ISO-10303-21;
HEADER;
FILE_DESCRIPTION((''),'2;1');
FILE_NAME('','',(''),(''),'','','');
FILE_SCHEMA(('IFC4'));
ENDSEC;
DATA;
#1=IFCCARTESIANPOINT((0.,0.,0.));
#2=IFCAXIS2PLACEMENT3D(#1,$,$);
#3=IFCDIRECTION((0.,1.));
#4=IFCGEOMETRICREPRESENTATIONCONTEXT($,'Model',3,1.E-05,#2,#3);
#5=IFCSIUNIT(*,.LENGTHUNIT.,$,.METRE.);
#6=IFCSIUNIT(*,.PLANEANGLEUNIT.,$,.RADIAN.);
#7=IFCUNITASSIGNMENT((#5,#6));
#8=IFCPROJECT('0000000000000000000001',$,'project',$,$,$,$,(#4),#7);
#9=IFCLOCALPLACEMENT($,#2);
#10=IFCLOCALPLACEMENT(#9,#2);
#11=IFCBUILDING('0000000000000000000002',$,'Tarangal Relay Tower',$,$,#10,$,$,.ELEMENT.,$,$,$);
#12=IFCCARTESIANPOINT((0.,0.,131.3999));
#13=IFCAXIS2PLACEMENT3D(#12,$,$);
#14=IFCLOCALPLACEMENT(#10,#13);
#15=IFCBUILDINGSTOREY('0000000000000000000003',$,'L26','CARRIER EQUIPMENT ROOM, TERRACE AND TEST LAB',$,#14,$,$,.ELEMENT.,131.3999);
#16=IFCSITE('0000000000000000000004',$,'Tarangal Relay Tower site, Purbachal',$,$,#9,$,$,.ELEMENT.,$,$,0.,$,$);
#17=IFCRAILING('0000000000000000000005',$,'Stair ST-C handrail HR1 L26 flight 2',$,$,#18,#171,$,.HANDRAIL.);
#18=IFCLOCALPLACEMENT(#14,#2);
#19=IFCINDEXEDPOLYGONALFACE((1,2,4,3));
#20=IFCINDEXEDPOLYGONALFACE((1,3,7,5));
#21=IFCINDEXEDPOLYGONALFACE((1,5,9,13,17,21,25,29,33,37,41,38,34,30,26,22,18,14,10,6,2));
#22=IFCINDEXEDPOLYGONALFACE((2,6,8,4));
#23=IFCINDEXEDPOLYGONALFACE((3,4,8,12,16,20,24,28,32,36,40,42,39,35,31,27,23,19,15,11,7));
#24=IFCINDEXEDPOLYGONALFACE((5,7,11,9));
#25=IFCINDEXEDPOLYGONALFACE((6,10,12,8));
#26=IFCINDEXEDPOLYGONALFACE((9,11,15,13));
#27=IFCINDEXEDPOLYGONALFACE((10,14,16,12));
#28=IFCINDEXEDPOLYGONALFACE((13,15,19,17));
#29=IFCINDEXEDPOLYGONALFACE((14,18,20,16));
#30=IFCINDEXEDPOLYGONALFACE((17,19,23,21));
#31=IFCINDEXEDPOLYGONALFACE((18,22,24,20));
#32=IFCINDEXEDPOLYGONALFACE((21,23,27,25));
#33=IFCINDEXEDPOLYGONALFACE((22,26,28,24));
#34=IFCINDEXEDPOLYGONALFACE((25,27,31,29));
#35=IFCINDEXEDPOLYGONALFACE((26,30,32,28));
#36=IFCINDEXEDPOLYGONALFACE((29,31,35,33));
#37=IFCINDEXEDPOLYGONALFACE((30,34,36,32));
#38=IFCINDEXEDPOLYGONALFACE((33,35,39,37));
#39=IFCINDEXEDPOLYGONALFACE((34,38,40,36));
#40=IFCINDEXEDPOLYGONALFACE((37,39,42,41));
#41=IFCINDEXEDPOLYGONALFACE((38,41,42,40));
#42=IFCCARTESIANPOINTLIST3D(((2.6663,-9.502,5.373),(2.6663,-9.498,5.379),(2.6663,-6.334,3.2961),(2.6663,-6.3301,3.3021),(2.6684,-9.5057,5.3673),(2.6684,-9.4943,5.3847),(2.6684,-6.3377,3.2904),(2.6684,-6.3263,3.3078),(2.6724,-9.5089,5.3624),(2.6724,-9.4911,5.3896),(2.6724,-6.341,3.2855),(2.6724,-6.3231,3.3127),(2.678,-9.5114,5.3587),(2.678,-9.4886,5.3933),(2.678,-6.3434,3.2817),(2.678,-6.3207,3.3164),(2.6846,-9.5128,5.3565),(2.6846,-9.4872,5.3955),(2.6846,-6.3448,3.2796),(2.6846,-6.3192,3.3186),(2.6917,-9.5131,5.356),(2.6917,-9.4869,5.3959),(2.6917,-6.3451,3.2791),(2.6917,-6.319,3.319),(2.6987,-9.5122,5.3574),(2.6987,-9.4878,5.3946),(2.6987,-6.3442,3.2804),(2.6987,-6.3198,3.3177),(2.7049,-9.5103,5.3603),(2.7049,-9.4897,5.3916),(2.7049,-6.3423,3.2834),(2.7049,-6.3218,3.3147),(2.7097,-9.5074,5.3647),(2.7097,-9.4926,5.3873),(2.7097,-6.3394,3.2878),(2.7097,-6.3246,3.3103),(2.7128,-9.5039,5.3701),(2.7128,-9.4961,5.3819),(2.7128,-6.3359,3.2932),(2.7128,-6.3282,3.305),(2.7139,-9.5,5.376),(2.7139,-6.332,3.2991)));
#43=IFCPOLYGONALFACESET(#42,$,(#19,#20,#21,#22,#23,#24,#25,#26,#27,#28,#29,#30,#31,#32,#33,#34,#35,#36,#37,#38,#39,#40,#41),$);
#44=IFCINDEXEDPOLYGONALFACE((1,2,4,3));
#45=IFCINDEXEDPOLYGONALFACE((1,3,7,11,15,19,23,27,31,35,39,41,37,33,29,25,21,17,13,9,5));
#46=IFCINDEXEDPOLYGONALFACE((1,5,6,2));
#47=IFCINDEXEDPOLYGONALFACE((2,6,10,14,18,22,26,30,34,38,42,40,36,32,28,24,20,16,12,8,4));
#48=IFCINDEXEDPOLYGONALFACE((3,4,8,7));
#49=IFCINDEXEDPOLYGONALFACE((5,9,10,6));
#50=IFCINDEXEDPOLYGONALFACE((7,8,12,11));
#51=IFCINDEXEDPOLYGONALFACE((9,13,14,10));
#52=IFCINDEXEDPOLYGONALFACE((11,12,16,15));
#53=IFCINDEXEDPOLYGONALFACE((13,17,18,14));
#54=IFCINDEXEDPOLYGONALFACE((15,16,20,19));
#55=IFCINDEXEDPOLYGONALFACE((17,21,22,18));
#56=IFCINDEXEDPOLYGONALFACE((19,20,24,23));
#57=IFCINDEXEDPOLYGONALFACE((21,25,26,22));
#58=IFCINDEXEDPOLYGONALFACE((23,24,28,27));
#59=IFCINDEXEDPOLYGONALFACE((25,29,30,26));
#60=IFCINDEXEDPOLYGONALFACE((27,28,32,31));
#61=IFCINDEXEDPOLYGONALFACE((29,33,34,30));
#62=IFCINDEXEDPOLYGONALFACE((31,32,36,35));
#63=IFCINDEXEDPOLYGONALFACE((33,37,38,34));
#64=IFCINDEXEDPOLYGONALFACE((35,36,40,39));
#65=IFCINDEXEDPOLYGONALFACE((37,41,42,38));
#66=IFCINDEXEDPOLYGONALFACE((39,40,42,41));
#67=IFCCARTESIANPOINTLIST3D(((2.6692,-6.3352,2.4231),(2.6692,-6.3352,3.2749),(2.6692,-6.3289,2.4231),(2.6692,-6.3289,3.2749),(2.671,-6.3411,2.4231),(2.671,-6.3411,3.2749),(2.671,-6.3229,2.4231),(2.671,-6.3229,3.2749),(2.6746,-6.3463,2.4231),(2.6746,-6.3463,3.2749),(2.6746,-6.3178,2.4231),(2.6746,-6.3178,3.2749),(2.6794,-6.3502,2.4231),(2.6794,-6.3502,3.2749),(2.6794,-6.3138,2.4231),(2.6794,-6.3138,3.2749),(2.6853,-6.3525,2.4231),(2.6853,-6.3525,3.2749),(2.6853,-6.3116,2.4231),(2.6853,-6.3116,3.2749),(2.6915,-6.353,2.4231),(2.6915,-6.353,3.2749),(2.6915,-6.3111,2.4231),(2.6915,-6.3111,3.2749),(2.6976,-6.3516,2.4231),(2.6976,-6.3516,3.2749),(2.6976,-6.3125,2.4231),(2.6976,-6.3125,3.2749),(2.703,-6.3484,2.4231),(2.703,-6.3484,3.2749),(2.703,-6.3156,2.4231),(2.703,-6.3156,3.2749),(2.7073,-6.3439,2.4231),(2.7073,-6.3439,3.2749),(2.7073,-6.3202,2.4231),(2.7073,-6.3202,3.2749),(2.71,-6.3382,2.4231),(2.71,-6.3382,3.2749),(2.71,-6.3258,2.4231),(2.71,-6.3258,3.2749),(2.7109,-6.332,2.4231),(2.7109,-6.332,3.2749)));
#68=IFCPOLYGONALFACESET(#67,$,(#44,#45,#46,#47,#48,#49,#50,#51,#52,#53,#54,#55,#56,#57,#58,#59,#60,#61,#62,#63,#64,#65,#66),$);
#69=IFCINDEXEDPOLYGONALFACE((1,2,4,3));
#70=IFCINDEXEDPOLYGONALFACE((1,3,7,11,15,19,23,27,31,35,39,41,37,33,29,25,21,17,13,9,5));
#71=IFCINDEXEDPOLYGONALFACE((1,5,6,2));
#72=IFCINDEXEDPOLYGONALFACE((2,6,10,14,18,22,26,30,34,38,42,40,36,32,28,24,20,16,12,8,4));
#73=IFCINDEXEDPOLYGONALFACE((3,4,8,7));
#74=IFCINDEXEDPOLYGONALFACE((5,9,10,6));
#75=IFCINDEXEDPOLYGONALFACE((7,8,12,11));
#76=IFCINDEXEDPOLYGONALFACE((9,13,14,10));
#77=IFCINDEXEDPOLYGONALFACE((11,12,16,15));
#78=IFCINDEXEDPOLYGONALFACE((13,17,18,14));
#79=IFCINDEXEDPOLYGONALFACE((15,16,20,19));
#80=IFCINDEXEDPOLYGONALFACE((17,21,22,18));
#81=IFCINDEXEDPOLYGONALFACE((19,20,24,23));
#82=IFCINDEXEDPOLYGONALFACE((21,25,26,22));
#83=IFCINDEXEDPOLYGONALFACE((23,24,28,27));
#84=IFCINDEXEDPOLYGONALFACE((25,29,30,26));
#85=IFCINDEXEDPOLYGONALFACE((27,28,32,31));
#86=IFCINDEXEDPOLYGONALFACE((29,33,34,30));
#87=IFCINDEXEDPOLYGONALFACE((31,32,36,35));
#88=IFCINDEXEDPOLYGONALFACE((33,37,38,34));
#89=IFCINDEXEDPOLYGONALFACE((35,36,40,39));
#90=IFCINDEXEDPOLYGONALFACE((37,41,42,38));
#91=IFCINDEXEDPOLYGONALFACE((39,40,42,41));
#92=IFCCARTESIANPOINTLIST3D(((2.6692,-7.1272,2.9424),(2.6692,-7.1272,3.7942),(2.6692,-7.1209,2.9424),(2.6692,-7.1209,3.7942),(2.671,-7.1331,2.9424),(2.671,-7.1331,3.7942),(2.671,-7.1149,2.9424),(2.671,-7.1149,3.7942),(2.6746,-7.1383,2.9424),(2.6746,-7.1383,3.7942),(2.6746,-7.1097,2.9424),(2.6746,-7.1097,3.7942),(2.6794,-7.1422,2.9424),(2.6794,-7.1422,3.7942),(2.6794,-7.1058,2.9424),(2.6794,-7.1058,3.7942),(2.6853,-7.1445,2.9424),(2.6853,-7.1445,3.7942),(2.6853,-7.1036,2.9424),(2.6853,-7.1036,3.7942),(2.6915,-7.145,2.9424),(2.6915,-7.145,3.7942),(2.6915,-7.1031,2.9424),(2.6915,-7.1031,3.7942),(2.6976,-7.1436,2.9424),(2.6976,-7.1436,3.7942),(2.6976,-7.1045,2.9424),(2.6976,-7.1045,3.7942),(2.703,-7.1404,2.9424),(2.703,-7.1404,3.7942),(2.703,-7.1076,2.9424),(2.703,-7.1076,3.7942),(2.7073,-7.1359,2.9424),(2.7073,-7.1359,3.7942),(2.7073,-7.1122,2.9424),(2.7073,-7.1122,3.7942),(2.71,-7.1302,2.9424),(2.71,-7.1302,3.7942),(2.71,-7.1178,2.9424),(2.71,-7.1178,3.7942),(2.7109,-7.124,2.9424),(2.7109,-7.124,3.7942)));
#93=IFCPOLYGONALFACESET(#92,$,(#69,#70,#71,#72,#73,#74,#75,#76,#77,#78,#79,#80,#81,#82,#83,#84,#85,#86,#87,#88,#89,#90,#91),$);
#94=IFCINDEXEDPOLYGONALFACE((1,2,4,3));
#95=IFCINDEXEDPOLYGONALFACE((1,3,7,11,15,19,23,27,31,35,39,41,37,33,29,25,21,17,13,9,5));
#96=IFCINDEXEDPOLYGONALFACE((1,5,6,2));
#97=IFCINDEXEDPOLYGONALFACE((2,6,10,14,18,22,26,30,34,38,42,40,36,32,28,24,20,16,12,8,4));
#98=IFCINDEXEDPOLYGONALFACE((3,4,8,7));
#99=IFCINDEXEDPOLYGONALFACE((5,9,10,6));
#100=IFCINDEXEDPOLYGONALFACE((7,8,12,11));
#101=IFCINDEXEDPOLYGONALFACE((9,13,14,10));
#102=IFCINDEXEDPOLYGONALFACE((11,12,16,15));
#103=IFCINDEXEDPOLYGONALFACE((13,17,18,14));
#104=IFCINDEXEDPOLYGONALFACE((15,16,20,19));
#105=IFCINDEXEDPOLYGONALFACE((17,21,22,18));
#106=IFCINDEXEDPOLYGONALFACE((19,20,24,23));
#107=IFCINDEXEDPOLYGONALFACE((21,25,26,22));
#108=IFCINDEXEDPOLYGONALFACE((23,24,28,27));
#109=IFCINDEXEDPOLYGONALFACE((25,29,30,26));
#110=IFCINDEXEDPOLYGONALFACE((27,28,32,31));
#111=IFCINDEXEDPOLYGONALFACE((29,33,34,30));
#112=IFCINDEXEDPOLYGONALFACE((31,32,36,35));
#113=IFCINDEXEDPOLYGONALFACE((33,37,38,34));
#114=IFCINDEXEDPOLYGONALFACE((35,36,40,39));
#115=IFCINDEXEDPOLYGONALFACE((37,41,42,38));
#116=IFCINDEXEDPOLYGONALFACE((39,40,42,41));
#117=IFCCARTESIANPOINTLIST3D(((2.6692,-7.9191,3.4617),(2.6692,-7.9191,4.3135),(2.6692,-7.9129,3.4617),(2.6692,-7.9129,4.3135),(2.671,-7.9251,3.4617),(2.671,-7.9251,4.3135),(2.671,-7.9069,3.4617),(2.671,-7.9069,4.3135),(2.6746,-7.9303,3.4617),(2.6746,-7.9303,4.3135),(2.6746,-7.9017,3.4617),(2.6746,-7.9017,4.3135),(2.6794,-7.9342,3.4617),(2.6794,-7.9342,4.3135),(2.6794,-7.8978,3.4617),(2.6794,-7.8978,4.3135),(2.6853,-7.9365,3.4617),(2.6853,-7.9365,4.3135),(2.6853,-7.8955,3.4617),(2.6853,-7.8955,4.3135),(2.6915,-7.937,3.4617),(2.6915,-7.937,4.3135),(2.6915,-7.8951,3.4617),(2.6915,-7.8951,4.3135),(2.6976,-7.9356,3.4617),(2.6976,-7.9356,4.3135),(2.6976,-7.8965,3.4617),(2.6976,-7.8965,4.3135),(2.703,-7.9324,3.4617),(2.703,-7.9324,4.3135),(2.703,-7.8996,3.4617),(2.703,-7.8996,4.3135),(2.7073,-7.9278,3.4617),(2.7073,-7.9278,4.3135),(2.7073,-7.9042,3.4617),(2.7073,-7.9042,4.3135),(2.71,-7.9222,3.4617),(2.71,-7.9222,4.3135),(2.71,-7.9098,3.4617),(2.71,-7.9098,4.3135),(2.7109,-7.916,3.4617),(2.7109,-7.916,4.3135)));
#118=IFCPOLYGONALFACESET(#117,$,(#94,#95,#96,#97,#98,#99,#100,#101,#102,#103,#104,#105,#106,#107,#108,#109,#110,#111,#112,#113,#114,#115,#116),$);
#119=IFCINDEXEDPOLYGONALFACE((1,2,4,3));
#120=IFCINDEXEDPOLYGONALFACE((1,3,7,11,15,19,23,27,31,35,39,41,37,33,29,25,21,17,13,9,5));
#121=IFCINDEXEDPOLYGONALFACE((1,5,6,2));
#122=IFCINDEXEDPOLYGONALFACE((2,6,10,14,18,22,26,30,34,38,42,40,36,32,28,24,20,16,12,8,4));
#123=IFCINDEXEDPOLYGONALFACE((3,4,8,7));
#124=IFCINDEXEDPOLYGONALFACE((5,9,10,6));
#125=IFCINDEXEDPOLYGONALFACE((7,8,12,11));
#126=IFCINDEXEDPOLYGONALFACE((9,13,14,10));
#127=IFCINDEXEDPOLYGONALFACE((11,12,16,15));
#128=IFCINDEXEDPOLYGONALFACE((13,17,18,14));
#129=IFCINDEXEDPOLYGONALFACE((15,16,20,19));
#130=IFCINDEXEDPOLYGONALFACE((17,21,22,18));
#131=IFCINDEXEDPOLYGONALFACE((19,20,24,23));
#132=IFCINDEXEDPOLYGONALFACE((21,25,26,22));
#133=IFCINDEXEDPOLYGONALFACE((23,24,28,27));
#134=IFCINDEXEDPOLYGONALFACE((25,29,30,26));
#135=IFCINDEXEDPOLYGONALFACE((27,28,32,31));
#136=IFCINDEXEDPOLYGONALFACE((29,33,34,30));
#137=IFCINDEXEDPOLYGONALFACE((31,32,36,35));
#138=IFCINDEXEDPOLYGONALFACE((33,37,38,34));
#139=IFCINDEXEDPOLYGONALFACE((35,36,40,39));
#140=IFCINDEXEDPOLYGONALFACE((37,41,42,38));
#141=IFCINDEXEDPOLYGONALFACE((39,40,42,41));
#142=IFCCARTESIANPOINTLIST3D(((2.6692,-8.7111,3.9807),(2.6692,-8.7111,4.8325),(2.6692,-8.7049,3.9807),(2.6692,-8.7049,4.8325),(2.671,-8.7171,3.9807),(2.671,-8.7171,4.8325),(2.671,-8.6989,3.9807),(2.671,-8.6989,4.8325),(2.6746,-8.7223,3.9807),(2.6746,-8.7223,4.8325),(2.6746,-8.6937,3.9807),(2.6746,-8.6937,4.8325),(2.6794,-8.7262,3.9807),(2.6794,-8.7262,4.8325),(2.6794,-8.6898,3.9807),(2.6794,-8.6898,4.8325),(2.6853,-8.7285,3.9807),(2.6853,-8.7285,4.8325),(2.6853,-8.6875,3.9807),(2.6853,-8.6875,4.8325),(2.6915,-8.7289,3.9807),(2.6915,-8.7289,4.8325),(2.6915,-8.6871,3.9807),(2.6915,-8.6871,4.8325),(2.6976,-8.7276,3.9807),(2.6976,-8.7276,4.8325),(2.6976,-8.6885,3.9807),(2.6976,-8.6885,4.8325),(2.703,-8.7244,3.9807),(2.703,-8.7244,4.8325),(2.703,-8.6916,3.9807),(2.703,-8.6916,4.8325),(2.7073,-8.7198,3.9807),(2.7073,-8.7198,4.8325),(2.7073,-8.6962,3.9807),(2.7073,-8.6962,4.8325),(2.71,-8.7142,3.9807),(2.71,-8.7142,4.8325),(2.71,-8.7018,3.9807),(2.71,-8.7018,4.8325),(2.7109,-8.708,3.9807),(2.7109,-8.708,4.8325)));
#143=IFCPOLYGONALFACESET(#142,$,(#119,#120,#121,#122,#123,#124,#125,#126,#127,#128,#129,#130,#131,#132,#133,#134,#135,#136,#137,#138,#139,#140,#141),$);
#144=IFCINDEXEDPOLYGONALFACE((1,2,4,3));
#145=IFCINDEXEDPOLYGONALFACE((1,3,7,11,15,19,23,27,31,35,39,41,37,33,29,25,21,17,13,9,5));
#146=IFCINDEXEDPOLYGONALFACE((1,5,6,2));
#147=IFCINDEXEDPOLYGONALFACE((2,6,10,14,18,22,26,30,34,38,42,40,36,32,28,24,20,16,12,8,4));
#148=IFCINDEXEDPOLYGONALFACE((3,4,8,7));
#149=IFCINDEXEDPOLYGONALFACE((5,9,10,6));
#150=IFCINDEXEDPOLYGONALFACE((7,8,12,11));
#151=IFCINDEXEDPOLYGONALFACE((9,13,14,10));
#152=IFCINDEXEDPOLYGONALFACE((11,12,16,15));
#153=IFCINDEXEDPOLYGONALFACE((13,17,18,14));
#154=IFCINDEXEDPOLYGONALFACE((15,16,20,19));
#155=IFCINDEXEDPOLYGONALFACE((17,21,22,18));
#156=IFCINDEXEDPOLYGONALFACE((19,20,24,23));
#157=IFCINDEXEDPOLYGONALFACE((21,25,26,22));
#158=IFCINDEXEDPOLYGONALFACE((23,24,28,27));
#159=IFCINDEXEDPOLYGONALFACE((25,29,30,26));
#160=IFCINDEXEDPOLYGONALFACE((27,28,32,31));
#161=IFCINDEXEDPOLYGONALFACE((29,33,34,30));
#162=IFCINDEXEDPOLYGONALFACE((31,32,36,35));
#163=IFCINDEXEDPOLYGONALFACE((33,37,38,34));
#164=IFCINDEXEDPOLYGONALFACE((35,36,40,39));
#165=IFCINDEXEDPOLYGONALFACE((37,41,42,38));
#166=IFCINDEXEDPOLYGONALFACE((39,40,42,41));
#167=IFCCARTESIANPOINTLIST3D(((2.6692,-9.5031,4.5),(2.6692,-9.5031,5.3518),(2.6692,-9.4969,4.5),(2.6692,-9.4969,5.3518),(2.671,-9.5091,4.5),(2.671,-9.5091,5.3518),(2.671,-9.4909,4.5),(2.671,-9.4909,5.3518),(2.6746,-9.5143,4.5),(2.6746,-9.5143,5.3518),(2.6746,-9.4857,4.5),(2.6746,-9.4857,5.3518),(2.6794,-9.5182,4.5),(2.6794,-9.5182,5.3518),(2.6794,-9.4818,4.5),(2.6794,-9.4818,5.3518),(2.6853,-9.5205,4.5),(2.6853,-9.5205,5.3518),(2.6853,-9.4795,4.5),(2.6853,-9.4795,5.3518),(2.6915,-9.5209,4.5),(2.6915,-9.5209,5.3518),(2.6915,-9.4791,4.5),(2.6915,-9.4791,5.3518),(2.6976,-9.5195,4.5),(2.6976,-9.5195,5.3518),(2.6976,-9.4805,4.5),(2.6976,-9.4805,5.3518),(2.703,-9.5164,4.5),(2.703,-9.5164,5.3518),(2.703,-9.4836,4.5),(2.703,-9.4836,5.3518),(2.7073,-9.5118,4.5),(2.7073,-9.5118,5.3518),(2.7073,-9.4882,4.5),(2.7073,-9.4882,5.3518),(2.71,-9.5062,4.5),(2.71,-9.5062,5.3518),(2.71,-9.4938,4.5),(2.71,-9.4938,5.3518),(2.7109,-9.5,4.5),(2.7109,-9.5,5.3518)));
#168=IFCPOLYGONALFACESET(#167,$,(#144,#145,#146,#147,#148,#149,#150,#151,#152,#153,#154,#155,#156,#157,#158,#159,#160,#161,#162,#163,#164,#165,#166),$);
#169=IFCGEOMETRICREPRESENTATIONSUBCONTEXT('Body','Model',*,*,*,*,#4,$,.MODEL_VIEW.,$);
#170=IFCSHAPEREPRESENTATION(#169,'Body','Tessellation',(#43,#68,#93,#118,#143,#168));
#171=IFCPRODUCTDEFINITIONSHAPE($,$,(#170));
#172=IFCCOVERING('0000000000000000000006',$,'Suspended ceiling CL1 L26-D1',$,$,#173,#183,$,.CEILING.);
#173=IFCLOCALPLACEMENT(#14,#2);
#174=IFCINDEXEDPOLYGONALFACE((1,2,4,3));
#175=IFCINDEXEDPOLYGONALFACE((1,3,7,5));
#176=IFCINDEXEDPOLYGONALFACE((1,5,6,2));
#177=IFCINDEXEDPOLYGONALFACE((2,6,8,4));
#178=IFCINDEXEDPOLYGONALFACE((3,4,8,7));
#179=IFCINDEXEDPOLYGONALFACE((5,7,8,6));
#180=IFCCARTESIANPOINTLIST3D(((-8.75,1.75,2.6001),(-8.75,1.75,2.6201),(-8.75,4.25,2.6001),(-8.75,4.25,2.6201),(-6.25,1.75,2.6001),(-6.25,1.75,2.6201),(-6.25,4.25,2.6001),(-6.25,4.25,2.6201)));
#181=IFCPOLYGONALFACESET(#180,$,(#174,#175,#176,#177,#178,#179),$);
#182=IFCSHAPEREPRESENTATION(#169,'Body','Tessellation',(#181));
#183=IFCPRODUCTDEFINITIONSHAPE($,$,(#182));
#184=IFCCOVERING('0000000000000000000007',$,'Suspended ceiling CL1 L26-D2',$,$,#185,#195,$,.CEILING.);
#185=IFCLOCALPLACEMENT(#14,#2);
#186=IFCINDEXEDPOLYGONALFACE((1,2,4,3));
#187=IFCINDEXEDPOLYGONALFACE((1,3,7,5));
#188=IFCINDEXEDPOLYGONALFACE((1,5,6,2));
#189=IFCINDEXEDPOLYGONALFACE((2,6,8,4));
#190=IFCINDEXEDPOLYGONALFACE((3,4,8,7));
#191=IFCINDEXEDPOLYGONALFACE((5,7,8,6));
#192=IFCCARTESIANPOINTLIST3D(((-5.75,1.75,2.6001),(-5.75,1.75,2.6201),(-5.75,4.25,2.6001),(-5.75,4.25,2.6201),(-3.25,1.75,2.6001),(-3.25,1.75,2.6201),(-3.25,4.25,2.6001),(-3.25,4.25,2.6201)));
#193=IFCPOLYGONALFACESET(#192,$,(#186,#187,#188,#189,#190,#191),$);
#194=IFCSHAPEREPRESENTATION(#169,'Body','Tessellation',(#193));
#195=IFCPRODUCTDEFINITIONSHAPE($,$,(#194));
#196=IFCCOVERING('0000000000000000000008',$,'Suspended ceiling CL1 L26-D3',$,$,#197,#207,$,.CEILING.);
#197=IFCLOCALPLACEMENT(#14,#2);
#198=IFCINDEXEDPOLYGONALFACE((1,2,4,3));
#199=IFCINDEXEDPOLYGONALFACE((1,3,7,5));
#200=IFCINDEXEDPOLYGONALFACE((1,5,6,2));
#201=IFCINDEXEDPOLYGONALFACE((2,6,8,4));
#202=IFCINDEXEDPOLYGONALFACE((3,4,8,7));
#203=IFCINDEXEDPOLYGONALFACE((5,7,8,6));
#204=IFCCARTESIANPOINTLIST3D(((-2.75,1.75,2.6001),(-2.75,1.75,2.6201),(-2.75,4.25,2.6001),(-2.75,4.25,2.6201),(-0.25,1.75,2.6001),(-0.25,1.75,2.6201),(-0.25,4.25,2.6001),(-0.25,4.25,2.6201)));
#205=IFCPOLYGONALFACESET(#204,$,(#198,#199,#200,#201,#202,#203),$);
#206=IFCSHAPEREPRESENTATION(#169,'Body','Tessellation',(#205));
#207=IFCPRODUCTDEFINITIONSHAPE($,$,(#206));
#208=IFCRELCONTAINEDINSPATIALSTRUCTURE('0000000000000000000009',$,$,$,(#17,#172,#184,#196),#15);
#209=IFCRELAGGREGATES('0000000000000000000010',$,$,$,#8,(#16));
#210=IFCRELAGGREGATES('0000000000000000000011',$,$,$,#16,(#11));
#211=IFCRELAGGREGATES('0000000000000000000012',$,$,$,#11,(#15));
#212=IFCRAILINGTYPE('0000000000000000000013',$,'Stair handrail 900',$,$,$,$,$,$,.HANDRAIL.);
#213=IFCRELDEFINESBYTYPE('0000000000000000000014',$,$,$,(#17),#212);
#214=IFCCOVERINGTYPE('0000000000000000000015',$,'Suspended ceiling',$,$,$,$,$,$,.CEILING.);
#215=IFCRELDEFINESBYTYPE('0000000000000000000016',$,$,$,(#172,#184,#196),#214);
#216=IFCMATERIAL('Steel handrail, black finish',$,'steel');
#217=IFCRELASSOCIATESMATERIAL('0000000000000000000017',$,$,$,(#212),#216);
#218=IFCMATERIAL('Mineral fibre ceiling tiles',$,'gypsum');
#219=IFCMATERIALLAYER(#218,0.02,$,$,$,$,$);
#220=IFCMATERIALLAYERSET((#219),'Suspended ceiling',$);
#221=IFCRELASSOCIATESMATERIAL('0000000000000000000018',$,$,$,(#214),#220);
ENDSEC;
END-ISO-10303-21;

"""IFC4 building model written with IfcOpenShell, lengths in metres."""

from ifc_helpers import new_model, si_unit, direction, frame, origin, origin_2d, place, context, subcontext, project, spatial, polyline, circle, outline, extrude, material, layer, layer_set, type_object, element, save


model = new_model("IFC4")

# Units and contexts
model_context = context("Model", 3, precision=1e-05, world=origin(), true_north=direction((0.0, 1.0)))
body_context = subcontext(model_context, "Body", "Model", "MODEL_VIEW")
ifc_project = project(units=[si_unit("LENGTHUNIT", "METRE"), si_unit("PLANEANGLEUNIT", "RADIAN")], contexts=[model_context])

# Site, building, storey
site_placement = place(None, origin())
site = spatial("IfcSite", under=ifc_project, at=site_placement, Name="Tarangal Relay Tower site, Purbachal", CompositionType="ELEMENT", RefElevation=0.0)
building_placement = place(site_placement, origin())
building = spatial("IfcBuilding", under=site, at=building_placement, Name="Tarangal Relay Tower", CompositionType="ELEMENT")
storey_placement = place(building_placement, frame((0.0, 0.0, 131.3999)))
storey = spatial("IfcBuildingStorey", under=building, at=storey_placement, Name="L26", Description="CARRIER EQUIPMENT ROOM, TERRACE AND TEST LAB", CompositionType="ELEMENT", Elevation=131.3999)

# Railing
ifc_material_1 = material(Name="Steel handrail, black finish", Category="steel")
railing_type_1 = type_object("IfcRailingType", Name="Stair handrail 900", PredefinedType="HANDRAIL", material=ifc_material_1)
railing_1_placement = place(storey_placement, frame((2.6899, -6.332, 2.4231)))
element("IfcRailing", 1, at=railing_1_placement, inside=storey, type_object=railing_type_1, Name="Stair ST-C handrail HR1 L26 flight 2", PredefinedType="HANDRAIL", context=body_context, shape_type="SweptSolid", body=[
    extrude(circle(Radius=0.0239, at=origin_2d()), frame((0.0, 0.0, 0.876), z_axis=(0.0, -0.836299, 0.548273), x_axis=(1.0, 0.0, 0.0)), (0.0, 0.0, 1.0), 3.7881),
    extrude(circle(Radius=0.021, at=origin_2d()), origin(), (0.0, 0.0, 1.0), 0.8518),
    extrude(circle(Radius=0.021, at=origin_2d()), frame((0.0, -0.792, 0.5193)), (0.0, 0.0, 1.0), 0.8518),
    extrude(circle(Radius=0.021, at=origin_2d()), frame((0.0, -1.584, 1.0386)), (0.0, 0.0, 1.0), 0.8518),
    extrude(circle(Radius=0.021, at=origin_2d()), frame((0.0, -2.376, 1.5576)), (0.0, 0.0, 1.0), 0.8518),
    extrude(circle(Radius=0.021, at=origin_2d()), frame((0.0, -3.168, 2.0769)), (0.0, 0.0, 1.0), 0.8518),
])

# Coverings
ifc_material_2 = material(Name="Mineral fibre ceiling tiles", Category="gypsum")
ifc_layer_1 = layer(ifc_material_2, 0.02)
ifc_layer_set_1 = layer_set([ifc_layer_1], Name="Suspended ceiling")
covering_type_1 = type_object("IfcCoveringType", Name="Suspended ceiling", PredefinedType="CEILING", material=ifc_layer_set_1)
covering_1_placement = place(storey_placement, frame((0.0, 0.0, 2.6001)))
element("IfcCovering", 2, at=covering_1_placement, inside=storey, type_object=covering_type_1, Name="Suspended ceiling CL1 L26-D1", PredefinedType="CEILING", context=body_context, shape_type="SweptSolid", body=[
    extrude(outline(polyline([(-8.75, 1.75), (-6.25, 1.75), (-6.25, 4.25), (-8.75, 4.25), (-8.75, 1.75)])), origin(), (0.0, 0.0, 1.0), 0.02),
])
covering_2_placement = place(storey_placement, frame((0.0, 0.0, 2.6001)))
element("IfcCovering", 3, at=covering_2_placement, inside=storey, type_object=covering_type_1, Name="Suspended ceiling CL1 L26-D2", PredefinedType="CEILING", context=body_context, shape_type="SweptSolid", body=[
    extrude(outline(polyline([(-5.75, 1.75), (-3.25, 1.75), (-3.25, 4.25), (-5.75, 4.25), (-5.75, 1.75)])), origin(), (0.0, 0.0, 1.0), 0.02),
])
covering_3_placement = place(storey_placement, frame((0.0, 0.0, 2.6001)))
element("IfcCovering", 4, at=covering_3_placement, inside=storey, type_object=covering_type_1, Name="Suspended ceiling CL1 L26-D3", PredefinedType="CEILING", context=body_context, shape_type="SweptSolid", body=[
    extrude(outline(polyline([(-2.75, 1.75), (-0.25, 1.75), (-0.25, 4.25), (-2.75, 4.25), (-2.75, 1.75)])), origin(), (0.0, 0.0, 1.0), 0.02),
])

save(model, "model.ifc")
